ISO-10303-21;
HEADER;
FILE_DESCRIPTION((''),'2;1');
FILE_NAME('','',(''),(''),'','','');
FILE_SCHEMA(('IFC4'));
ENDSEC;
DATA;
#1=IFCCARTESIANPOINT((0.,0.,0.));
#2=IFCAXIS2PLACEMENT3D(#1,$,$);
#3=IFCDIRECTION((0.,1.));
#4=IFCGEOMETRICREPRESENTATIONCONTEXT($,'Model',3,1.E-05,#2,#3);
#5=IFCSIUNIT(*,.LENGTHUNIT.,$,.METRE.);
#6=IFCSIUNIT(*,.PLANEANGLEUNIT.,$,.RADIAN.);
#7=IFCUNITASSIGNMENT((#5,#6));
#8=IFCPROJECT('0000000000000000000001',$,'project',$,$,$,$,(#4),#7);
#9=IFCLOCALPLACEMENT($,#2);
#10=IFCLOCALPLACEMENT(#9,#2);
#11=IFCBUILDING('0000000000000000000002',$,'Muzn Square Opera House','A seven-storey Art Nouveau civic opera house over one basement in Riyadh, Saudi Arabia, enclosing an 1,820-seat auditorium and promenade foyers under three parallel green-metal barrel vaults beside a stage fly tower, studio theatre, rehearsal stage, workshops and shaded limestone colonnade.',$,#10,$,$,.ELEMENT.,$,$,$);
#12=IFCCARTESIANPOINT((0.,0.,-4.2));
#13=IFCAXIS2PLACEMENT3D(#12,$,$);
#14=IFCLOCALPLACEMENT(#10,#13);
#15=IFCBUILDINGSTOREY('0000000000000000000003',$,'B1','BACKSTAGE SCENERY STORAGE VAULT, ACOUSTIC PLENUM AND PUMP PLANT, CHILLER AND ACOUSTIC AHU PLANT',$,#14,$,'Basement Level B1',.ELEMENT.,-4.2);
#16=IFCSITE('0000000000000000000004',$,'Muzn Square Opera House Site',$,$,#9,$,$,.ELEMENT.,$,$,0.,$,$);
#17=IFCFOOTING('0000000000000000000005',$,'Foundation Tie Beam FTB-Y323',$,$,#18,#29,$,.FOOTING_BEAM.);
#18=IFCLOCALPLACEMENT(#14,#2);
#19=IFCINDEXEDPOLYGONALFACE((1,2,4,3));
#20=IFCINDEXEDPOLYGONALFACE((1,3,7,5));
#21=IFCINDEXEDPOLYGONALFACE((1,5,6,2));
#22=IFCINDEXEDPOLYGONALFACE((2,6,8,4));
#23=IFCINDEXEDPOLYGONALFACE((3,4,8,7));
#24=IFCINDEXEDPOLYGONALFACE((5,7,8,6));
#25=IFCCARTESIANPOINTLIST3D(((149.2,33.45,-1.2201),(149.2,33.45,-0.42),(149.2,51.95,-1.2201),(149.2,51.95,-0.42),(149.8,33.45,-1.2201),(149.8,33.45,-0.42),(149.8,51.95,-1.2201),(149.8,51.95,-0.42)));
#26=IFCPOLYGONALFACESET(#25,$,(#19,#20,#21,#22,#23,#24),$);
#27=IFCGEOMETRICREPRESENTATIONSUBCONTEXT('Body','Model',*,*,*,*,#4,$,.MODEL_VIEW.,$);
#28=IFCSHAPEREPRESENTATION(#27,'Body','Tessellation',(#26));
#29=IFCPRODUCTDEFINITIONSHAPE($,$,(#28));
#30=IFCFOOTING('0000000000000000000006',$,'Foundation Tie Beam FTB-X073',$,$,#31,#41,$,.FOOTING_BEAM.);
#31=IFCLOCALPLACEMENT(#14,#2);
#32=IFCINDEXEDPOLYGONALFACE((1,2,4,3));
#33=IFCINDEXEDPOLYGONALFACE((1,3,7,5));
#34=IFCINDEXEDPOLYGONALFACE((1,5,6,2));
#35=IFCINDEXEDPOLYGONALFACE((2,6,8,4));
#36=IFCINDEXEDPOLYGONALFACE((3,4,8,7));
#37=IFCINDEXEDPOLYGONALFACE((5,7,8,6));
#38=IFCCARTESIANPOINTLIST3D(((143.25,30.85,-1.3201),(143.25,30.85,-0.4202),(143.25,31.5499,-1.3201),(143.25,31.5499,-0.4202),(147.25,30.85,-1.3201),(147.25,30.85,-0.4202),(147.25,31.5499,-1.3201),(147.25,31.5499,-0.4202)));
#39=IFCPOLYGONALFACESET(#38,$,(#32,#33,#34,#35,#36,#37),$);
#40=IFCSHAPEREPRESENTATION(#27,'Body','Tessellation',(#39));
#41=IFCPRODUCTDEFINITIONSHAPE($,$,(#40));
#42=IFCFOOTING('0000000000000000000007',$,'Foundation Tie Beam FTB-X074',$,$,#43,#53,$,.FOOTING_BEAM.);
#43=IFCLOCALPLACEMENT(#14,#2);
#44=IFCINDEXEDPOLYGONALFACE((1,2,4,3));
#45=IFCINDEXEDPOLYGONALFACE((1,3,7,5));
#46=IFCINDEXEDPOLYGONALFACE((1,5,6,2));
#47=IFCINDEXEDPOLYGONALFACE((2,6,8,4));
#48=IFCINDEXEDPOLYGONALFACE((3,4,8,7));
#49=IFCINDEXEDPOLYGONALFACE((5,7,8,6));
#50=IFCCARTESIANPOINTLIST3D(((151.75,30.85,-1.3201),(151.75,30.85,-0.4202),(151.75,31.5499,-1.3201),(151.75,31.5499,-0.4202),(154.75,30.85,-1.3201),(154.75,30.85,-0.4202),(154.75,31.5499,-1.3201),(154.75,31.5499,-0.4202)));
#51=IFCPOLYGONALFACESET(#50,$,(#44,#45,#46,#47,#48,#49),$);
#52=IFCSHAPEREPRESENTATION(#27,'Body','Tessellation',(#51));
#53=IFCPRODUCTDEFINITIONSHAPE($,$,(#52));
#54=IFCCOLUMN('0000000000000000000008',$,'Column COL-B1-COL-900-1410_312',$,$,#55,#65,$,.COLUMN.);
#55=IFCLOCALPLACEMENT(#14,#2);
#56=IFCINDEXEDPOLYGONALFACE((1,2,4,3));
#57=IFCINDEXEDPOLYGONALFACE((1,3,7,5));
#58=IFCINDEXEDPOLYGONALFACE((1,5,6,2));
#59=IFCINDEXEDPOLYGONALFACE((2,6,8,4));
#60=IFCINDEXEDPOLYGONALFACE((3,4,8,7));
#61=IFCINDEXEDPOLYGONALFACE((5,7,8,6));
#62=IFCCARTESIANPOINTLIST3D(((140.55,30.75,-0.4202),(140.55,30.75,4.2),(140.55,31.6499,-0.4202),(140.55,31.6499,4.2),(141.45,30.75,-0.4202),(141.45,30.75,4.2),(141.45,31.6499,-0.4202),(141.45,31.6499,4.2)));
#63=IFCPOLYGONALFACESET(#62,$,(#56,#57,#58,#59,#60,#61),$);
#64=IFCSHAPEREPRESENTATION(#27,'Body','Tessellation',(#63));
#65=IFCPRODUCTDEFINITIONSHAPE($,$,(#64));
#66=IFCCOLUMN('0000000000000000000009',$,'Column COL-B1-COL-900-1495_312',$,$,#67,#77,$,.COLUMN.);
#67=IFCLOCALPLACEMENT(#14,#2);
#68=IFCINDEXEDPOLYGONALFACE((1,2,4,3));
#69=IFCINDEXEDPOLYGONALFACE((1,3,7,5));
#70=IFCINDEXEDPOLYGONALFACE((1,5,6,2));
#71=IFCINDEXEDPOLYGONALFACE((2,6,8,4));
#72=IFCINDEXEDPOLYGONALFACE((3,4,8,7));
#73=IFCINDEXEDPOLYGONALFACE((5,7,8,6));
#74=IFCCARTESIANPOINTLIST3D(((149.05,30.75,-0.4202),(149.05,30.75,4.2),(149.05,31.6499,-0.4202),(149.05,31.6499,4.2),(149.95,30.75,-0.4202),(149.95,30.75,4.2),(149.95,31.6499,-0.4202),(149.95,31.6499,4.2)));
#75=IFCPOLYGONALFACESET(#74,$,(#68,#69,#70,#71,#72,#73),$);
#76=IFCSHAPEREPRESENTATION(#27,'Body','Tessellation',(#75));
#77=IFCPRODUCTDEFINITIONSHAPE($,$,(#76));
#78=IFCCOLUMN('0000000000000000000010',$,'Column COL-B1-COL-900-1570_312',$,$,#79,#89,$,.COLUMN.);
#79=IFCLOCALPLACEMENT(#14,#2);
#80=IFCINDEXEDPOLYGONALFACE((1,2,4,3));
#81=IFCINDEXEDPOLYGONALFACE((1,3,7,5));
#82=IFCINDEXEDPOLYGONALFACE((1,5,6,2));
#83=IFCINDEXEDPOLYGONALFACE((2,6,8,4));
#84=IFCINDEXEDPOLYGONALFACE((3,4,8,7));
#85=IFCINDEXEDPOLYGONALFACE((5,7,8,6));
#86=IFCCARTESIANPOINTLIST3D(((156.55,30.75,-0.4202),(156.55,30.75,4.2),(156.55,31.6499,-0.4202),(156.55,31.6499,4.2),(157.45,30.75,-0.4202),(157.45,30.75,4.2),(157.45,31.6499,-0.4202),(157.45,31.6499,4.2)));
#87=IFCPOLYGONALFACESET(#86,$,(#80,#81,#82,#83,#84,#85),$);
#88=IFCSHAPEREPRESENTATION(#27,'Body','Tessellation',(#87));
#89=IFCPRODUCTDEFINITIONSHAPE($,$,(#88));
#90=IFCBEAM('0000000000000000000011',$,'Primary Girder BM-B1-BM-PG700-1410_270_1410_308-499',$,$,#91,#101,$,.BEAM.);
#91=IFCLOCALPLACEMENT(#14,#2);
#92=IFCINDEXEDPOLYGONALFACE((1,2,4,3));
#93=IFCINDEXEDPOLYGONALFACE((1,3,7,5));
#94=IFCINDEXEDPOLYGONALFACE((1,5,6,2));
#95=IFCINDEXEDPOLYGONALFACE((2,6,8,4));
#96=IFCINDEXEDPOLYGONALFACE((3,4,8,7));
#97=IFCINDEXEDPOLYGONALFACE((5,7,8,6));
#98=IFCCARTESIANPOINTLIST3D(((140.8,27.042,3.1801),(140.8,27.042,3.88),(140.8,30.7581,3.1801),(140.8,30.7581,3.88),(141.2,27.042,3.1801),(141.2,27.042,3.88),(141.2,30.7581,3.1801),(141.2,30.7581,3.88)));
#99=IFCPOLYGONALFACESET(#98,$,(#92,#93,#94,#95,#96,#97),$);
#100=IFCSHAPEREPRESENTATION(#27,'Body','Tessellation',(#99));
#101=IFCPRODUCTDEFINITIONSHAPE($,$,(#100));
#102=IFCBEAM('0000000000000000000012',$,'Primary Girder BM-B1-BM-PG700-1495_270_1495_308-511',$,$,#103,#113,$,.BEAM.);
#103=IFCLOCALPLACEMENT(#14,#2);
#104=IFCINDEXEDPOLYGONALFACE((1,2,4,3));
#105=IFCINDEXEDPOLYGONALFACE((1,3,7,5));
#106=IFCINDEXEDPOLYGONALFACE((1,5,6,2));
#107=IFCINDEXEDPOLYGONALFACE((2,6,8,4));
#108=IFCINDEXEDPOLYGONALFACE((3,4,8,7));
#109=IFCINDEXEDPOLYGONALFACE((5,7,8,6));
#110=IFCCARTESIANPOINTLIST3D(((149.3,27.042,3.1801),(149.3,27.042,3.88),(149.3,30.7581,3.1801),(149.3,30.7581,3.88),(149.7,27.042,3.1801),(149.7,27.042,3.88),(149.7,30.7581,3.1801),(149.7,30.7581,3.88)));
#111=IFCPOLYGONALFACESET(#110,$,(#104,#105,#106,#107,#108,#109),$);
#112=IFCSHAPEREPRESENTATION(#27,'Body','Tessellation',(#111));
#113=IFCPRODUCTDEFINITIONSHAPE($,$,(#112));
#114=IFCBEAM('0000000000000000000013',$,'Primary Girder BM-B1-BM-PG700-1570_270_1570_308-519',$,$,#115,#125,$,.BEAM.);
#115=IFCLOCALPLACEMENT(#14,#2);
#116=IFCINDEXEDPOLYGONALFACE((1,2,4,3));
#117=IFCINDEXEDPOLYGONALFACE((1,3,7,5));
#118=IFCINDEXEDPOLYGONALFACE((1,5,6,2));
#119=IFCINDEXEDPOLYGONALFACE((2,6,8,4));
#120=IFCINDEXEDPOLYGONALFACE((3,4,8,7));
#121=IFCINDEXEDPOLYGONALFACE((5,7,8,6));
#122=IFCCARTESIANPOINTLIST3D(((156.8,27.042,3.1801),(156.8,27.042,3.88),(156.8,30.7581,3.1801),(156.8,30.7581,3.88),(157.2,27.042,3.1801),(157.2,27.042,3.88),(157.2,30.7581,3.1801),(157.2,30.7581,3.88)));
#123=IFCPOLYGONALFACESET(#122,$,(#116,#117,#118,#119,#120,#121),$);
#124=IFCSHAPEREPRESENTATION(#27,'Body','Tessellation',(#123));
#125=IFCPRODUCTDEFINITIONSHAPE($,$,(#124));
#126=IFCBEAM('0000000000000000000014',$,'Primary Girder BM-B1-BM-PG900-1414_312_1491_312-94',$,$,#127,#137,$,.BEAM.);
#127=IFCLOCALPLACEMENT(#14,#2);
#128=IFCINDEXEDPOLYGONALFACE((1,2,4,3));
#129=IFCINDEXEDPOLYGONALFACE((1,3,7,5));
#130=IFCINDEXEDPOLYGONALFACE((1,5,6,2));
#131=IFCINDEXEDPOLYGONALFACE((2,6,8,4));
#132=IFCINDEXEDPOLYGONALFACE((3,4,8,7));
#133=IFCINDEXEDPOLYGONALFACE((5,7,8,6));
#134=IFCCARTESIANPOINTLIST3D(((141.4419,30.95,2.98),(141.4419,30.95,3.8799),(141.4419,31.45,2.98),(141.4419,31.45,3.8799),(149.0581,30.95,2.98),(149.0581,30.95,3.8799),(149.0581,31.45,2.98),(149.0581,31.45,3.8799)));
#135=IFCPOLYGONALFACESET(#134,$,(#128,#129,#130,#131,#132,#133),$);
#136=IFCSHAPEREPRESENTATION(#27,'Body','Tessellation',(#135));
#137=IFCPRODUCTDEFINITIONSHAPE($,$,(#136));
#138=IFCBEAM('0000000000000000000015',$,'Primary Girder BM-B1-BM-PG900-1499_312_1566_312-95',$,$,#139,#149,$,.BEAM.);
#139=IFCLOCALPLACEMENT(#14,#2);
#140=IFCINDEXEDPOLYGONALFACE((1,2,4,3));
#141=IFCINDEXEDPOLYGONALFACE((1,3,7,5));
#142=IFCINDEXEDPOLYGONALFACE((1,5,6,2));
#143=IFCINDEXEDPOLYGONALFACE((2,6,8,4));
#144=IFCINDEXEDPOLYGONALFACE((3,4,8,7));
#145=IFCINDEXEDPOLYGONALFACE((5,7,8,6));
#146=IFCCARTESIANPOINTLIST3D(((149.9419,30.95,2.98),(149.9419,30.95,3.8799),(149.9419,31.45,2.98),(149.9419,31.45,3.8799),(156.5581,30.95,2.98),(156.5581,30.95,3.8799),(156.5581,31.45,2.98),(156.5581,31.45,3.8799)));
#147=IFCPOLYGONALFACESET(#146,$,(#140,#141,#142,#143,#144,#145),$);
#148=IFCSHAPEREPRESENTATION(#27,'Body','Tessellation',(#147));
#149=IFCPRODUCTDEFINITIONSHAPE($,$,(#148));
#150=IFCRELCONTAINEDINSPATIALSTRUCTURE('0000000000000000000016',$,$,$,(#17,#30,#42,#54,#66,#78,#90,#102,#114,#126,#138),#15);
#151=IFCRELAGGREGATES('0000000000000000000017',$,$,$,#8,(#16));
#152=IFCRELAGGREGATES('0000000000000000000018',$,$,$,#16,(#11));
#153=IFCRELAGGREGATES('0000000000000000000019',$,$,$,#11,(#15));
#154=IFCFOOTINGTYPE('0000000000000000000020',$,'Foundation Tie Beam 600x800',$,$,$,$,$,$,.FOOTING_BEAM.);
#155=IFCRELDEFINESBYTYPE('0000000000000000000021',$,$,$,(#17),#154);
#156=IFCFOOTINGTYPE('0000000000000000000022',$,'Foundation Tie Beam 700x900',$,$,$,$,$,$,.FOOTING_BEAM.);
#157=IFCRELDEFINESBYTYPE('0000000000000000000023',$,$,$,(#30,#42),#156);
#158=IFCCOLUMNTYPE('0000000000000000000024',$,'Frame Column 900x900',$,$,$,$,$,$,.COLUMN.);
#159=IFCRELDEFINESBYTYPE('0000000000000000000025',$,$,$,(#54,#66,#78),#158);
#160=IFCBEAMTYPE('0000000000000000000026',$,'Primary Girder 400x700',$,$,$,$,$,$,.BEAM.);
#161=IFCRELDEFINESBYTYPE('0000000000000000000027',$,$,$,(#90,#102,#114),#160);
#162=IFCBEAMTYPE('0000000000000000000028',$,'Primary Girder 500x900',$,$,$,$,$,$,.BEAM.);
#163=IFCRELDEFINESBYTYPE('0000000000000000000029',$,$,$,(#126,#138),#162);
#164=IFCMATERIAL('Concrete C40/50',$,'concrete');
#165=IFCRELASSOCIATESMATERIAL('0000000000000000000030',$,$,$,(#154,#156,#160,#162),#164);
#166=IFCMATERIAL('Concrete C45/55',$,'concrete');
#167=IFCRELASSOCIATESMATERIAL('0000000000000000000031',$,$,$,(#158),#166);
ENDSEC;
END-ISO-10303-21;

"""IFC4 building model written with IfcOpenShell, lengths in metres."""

from ifc_helpers import new_model, si_unit, direction, frame, origin, origin_2d, place, context, subcontext, project, spatial, rectangle, extrude, material, material_profile, profile_set, type_object, element, save


model = new_model("IFC4")

# Units and contexts
model_context = context("Model", 3, precision=1e-05, world=origin(), true_north=direction((0.0, 1.0)))
body_context = subcontext(model_context, "Body", "Model", "MODEL_VIEW")
ifc_project = project(units=[si_unit("LENGTHUNIT", "METRE"), si_unit("PLANEANGLEUNIT", "RADIAN")], contexts=[model_context])

# Site, building, storey
site_placement = place(None, origin())
site = spatial("IfcSite", under=ifc_project, at=site_placement, Name="Muzn Square Opera House Site", CompositionType="ELEMENT", RefElevation=0.0)
building_placement = place(site_placement, origin())
building = spatial("IfcBuilding", under=site, at=building_placement, Name="Muzn Square Opera House", Description="A seven-storey Art Nouveau civic opera house over one basement in Riyadh, Saudi Arabia, enclosing an 1,820-seat auditorium and promenade foyers under three parallel green-metal barrel vaults beside a stage fly tower, studio theatre, rehearsal stage, workshops and shaded limestone colonnade.", CompositionType="ELEMENT")
storey_placement = place(building_placement, frame((0.0, 0.0, -4.2)))
storey = spatial("IfcBuildingStorey", under=building, at=storey_placement, Name="B1", Description="BACKSTAGE SCENERY STORAGE VAULT, ACOUSTIC PLENUM AND PUMP PLANT, CHILLER AND ACOUSTIC AHU PLANT", LongName="Basement Level B1", CompositionType="ELEMENT", Elevation=-4.2)

# Shared definitions
ifc_material_1 = material(Name="Concrete C40/50", Category="concrete")

# Footings
ifc_material_profile_1 = material_profile(ifc_material_1, rectangle(XDim=0.6001, YDim=0.8, at=origin_2d()), Name="RCTB 600x800", Category="concrete")
ifc_profile_set_1 = profile_set([ifc_material_profile_1], Name="Concrete C40/50")
footing_type_1 = type_object("IfcFootingType", Name="Foundation Tie Beam 600x800", PredefinedType="FOOTING_BEAM", material=ifc_profile_set_1)
for number, where, z_axis, x_axis, name in (
    (1, (149.5, 33.45, -0.8201), (0.0, 1.0, 0.0), (-1.0, 0.0, 0.0), "Foundation Tie Beam FTB-Y323"),
):
    element("IfcFooting", number, at=place(storey_placement, frame(where, z_axis=z_axis, x_axis=x_axis)), inside=storey, type_object=footing_type_1, Name=name, PredefinedType="FOOTING_BEAM", context=body_context, shape_type="SweptSolid", body=[
        extrude(rectangle(XDim=0.6001, YDim=0.8, at=origin_2d()), origin(), (0.0, 0.0, 1.0), 18.5),
    ])
ifc_material_profile_2 = material_profile(ifc_material_1, rectangle(XDim=0.7, YDim=0.8999, at=origin_2d()), Name="RCTB 700x900", Category="concrete")
ifc_profile_set_2 = profile_set([ifc_material_profile_2], Name="Concrete C40/50")
footing_type_2 = type_object("IfcFootingType", Name="Foundation Tie Beam 700x900", PredefinedType="FOOTING_BEAM", material=ifc_profile_set_2)
footing_1_placement = place(storey_placement, frame((143.25, 31.2, -0.8701), z_axis=(1.0, 0.0, 0.0), x_axis=(0.0, 1.0, 0.0)))
element("IfcFooting", 2, at=footing_1_placement, inside=storey, type_object=footing_type_2, Name="Foundation Tie Beam FTB-X073", PredefinedType="FOOTING_BEAM", context=body_context, shape_type="SweptSolid", body=[
    extrude(rectangle(XDim=0.7, YDim=0.8999, at=origin_2d()), origin(), (0.0, 0.0, 1.0), 4.0),
])
footing_2_placement = place(storey_placement, frame((151.75, 31.2, -0.8701), z_axis=(1.0, 0.0, 0.0), x_axis=(0.0, 1.0, 0.0)))
element("IfcFooting", 3, at=footing_2_placement, inside=storey, type_object=footing_type_2, Name="Foundation Tie Beam FTB-X074", PredefinedType="FOOTING_BEAM", context=body_context, shape_type="SweptSolid", body=[
    extrude(rectangle(XDim=0.7, YDim=0.8999, at=origin_2d()), origin(), (0.0, 0.0, 1.0), 3.0),
])

# Columns
ifc_material_2 = material(Name="Concrete C45/55", Category="concrete")
ifc_material_profile_3 = material_profile(ifc_material_2, rectangle(XDim=0.8999, YDim=0.8999, at=origin_2d()), Name="RC 900x900", Category="concrete")
ifc_profile_set_3 = profile_set([ifc_material_profile_3], Name="Concrete C45/55")
column_type = type_object("IfcColumnType", Name="Frame Column 900x900", PredefinedType="COLUMN", material=ifc_profile_set_3)
for number, where, z_axis, x_axis, name in (
    (4, (141.0, 31.2, -0.4202), (0.0, 0.0, 1.0), (1.0, 0.0, 0.0), "Column COL-B1-COL-900-1410_312"),
    (5, (149.5, 31.2, -0.4202), (0.0, 0.0, 1.0), (1.0, 0.0, 0.0), "Column COL-B1-COL-900-1495_312"),
    (6, (157.0, 31.2, -0.4202), (0.0, 0.0, 1.0), (1.0, 0.0, 0.0), "Column COL-B1-COL-900-1570_312"),
):
    element("IfcColumn", number, at=place(storey_placement, frame(where, z_axis=z_axis, x_axis=x_axis)), inside=storey, type_object=column_type, Name=name, PredefinedType="COLUMN", context=body_context, shape_type="SweptSolid", body=[
        extrude(rectangle(XDim=0.8999, YDim=0.8999, at=origin_2d()), origin(), (0.0, 0.0, 1.0), 4.6201),
    ])

# Beams
ifc_material_profile_4 = material_profile(ifc_material_1, rectangle(XDim=0.3999, YDim=0.7, at=origin_2d()), Name="RCB 400x700", Category="concrete")
ifc_profile_set_4 = profile_set([ifc_material_profile_4], Name="Concrete C40/50")
beam_type_1 = type_object("IfcBeamType", Name="Primary Girder 400x700", PredefinedType="BEAM", material=ifc_profile_set_4)
for number, where, z_axis, x_axis, name in (
    (7, (141.0, 27.042, 3.53), (0.0, 1.0, 0.0), (-1.0, 0.0, 0.0), "Primary Girder BM-B1-BM-PG700-1410_270_1410_308-499"),
    (8, (149.5, 27.042, 3.53), (0.0, 1.0, 0.0), (-1.0, 0.0, 0.0), "Primary Girder BM-B1-BM-PG700-1495_270_1495_308-511"),
    (9, (157.0, 27.042, 3.53), (0.0, 1.0, 0.0), (-1.0, 0.0, 0.0), "Primary Girder BM-B1-BM-PG700-1570_270_1570_308-519"),
):
    element("IfcBeam", number, at=place(storey_placement, frame(where, z_axis=z_axis, x_axis=x_axis)), inside=storey, type_object=beam_type_1, Name=name, PredefinedType="BEAM", context=body_context, shape_type="SweptSolid", body=[
        extrude(rectangle(XDim=0.3999, YDim=0.7, at=origin_2d()), origin(), (0.0, 0.0, 1.0), 3.7161),
    ])
ifc_material_profile_5 = material_profile(ifc_material_1, rectangle(XDim=0.5, YDim=0.8999, at=origin_2d()), Name="RCB 500x900", Category="concrete")
ifc_profile_set_5 = profile_set([ifc_material_profile_5], Name="Concrete C40/50")
beam_type_2 = type_object("IfcBeamType", Name="Primary Girder 500x900", PredefinedType="BEAM", material=ifc_profile_set_5)
beam_1_placement = place(storey_placement, frame((141.4419, 31.2, 3.4299), z_axis=(1.0, 0.0, 0.0), x_axis=(0.0, 1.0, 0.0)))
element("IfcBeam", 10, at=beam_1_placement, inside=storey, type_object=beam_type_2, Name="Primary Girder BM-B1-BM-PG900-1414_312_1491_312-94", PredefinedType="BEAM", context=body_context, shape_type="SweptSolid", body=[
    extrude(rectangle(XDim=0.5, YDim=0.8999, at=origin_2d()), origin(), (0.0, 0.0, 1.0), 7.6162),
])
beam_2_placement = place(storey_placement, frame((149.9419, 31.2, 3.4299), z_axis=(1.0, 0.0, 0.0), x_axis=(0.0, 1.0, 0.0)))
element("IfcBeam", 11, at=beam_2_placement, inside=storey, type_object=beam_type_2, Name="Primary Girder BM-B1-BM-PG900-1499_312_1566_312-95", PredefinedType="BEAM", context=body_context, shape_type="SweptSolid", body=[
    extrude(rectangle(XDim=0.5, YDim=0.8999, at=origin_2d()), origin(), (0.0, 0.0, 1.0), 6.6162),
])

save(model, "model.ifc")
